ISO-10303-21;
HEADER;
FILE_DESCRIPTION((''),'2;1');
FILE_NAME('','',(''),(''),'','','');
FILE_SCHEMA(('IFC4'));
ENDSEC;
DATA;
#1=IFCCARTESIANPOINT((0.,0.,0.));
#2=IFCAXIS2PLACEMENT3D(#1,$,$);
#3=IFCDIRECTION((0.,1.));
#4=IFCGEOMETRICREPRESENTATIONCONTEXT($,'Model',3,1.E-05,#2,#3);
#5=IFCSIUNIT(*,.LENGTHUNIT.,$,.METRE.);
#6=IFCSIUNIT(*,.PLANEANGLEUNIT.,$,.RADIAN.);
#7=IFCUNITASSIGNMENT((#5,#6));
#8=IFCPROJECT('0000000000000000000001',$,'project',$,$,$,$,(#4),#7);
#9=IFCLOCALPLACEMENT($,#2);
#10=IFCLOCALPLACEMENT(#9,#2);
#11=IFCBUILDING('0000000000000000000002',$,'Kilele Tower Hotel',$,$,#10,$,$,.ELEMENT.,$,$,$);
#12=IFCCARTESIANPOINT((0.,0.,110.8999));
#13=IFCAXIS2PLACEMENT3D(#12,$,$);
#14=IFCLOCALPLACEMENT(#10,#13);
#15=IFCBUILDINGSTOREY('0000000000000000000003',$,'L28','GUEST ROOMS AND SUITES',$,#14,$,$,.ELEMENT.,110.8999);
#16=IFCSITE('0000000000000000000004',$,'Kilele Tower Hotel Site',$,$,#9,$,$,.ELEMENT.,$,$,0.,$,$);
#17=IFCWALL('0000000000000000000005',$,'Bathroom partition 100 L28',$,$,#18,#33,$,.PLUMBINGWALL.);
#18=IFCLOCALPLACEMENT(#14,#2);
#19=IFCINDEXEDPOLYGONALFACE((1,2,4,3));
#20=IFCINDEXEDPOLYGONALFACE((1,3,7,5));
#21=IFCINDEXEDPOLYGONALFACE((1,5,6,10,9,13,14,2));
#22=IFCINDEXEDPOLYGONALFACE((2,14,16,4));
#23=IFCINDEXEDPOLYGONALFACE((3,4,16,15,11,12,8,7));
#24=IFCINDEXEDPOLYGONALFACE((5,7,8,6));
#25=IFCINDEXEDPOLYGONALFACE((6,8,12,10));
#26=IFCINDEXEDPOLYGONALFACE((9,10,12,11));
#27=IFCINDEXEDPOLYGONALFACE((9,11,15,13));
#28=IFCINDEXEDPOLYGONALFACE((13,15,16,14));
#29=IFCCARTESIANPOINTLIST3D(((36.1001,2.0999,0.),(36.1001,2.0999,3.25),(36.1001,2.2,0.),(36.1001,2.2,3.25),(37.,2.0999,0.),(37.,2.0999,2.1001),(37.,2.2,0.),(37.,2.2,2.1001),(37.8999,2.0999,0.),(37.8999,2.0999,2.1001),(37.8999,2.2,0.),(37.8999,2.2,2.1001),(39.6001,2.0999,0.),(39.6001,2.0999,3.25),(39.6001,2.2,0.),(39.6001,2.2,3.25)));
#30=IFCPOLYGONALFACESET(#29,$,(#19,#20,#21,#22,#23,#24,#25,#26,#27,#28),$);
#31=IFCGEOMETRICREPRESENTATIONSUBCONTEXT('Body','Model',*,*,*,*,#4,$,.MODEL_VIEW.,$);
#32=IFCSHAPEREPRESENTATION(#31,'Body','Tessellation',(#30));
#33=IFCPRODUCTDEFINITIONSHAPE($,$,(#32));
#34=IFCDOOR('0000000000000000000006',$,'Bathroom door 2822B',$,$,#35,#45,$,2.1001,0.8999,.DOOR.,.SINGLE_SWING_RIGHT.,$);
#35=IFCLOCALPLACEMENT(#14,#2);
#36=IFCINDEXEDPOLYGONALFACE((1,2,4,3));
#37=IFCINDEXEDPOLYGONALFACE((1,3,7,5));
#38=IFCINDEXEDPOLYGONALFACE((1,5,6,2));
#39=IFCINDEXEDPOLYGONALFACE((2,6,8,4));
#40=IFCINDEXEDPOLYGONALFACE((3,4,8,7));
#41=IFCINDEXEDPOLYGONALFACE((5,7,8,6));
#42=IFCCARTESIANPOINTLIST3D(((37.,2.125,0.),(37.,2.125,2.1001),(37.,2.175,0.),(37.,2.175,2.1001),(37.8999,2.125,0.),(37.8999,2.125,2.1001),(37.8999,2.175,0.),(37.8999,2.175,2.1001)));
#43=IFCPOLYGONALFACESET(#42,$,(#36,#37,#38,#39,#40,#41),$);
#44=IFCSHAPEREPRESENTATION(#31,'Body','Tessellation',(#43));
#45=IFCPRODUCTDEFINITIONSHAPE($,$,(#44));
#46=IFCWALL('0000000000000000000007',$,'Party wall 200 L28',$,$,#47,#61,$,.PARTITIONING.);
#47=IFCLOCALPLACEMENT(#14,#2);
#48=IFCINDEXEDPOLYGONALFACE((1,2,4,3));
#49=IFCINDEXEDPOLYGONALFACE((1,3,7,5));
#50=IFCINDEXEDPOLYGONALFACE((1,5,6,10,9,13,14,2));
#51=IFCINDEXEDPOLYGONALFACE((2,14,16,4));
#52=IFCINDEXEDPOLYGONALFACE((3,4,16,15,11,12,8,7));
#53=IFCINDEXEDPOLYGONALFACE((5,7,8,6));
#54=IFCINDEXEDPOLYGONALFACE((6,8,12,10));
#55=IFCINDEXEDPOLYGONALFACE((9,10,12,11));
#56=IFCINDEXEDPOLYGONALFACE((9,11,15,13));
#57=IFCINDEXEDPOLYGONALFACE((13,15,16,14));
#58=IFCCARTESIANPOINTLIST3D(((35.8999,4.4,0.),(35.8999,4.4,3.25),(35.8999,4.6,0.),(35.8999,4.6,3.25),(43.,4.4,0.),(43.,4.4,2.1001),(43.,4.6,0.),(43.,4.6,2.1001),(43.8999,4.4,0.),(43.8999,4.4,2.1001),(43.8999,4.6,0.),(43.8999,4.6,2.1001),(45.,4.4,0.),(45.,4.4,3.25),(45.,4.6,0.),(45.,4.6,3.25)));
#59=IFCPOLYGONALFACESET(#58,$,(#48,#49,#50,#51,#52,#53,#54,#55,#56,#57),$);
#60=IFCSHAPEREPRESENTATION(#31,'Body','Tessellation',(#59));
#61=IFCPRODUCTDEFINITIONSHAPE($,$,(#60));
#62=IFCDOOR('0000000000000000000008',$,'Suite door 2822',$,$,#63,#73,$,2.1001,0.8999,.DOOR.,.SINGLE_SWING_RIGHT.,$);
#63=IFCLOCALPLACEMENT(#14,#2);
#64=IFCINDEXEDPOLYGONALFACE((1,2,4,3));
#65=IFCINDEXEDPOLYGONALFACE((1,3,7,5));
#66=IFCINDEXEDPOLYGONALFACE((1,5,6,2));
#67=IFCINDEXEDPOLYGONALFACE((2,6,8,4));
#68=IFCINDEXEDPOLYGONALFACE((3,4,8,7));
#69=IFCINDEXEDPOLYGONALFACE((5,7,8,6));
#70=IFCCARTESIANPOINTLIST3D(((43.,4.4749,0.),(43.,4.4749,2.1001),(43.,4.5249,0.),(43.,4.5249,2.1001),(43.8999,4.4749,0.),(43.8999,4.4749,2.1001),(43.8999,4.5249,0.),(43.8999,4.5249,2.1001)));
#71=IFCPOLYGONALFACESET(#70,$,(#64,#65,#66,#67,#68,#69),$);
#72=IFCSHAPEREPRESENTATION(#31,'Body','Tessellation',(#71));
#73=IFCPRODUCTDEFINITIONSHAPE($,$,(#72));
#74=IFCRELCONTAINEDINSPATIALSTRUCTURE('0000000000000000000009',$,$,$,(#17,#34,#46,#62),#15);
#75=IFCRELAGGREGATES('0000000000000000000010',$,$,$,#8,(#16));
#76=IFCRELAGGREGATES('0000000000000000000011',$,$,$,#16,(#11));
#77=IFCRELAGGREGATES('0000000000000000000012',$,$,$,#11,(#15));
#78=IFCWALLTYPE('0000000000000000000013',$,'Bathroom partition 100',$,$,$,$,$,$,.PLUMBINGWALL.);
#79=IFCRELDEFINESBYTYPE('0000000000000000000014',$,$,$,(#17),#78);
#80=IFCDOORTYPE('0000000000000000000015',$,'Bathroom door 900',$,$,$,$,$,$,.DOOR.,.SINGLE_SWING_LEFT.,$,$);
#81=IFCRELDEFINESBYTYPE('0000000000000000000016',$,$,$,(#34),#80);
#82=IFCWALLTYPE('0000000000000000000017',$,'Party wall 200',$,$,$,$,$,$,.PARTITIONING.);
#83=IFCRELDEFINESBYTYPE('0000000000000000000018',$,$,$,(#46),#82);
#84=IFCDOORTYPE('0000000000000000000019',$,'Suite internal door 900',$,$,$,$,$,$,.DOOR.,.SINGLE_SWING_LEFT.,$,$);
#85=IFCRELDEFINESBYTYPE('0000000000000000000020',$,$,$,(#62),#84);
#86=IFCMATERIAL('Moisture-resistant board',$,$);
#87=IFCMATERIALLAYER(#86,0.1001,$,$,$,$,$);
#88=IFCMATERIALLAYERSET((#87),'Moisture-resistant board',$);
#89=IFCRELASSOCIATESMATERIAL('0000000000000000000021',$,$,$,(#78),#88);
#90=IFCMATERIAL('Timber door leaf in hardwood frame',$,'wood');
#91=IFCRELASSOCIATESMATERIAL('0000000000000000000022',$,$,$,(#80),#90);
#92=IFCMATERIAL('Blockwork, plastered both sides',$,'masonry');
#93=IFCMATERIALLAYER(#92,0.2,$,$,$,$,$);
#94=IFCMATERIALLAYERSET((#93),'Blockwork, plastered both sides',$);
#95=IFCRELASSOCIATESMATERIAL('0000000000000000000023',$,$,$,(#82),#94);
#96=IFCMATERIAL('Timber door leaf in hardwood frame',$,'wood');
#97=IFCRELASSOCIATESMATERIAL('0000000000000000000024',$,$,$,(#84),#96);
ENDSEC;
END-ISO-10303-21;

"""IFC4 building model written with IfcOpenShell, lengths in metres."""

from ifc_helpers import new_model, si_unit, direction, frame, frame_2d, origin, place, context, subcontext, project, spatial, rectangle, extrude, material, layer, layer_set, type_object, element, fill, save


model = new_model("IFC4")

# Units and contexts
model_context = context("Model", 3, precision=1e-05, world=origin(), true_north=direction((0.0, 1.0)))
body_context = subcontext(model_context, "Body", "Model", "MODEL_VIEW")
ifc_project = project(units=[si_unit("LENGTHUNIT", "METRE"), si_unit("PLANEANGLEUNIT", "RADIAN")], contexts=[model_context])

# Site, building, storey
site_placement = place(None, origin())
site = spatial("IfcSite", under=ifc_project, at=site_placement, Name="Kilele Tower Hotel Site", CompositionType="ELEMENT", RefElevation=0.0)
building_placement = place(site_placement, origin())
building = spatial("IfcBuilding", under=site, at=building_placement, Name="Kilele Tower Hotel", CompositionType="ELEMENT")
storey_placement = place(building_placement, frame((0.0, 0.0, 110.8999)))
storey = spatial("IfcBuildingStorey", under=building, at=storey_placement, Name="L28", Description="GUEST ROOMS AND SUITES", CompositionType="ELEMENT", Elevation=110.8999)

# Shared definitions
ifc_material_1 = material(Name="Moisture-resistant board")
ifc_layer_1 = layer(ifc_material_1, 0.1001)
ifc_layer_set_1 = layer_set([ifc_layer_1], Name="Moisture-resistant board")
wall_type_1 = type_object("IfcWallType", Name="Bathroom partition 100", PredefinedType="PLUMBINGWALL", material=ifc_layer_set_1)

# Walls, openings, doors
ifc_material_2 = material(Name="Timber door leaf in hardwood frame", Category="wood")
door_type_1 = type_object("IfcDoorType", Name="Bathroom door 900", OperationType="SINGLE_SWING_LEFT", PredefinedType="DOOR", material=ifc_material_2)
wall_1_placement = place(storey_placement, frame((36.1001, 2.1499, 0.0), z_axis=(0.0, 0.0, 1.0), x_axis=(1.0, 0.0, 0.0)))
wall_1 = element("IfcWall", 1, at=wall_1_placement, inside=storey, type_object=wall_type_1, Name="Bathroom partition 100 L28", PredefinedType="PLUMBINGWALL", context=body_context, shape_type="SweptSolid", body=[
    extrude(rectangle(XDim=3.5, YDim=0.1001, at=frame_2d((1.75, 0.0))), origin(), (0.0, 0.0, 1.0), 3.25),
])
opening_1_placement = place(wall_1_placement, frame((1.7998, 0.0, 0.0), z_axis=(0.0, 0.0, 1.0), x_axis=(-1.0, 0.0, 0.0)))
opening_1 = element("IfcOpeningElement", 2, at=opening_1_placement, cuts=wall_1, PredefinedType="OPENING", context=body_context, shape_type="SweptSolid", body=[
    extrude(rectangle(XDim=0.8999, YDim=2.1001, at=frame_2d((0.45, 1.05))), frame((0.0, 0.0601, 0.0), z_axis=(0.0, -1.0, 0.0), x_axis=(1.0, 0.0, 0.0)), (0.0, 0.0, 1.0), 0.1201),
])
door_1_placement = place(opening_1_placement, origin())
door_1 = element("IfcDoor", 3, at=door_1_placement, inside=storey, type_object=door_type_1, Name="Bathroom door 2822B", OperationType="SINGLE_SWING_RIGHT", OverallHeight=2.1001, OverallWidth=0.8999, PredefinedType="DOOR", context=body_context, shape_type="SweptSolid", body=[
    extrude(rectangle(XDim=0.8999, YDim=2.1001, at=frame_2d((0.45, 1.05))), frame((0.0, 0.0249, 0.0), z_axis=(0.0, -1.0, 0.0), x_axis=(1.0, 0.0, 0.0)), (0.0, 0.0, 1.0), 0.05),
])
fill(opening_1, door_1)
ifc_material_3 = material(Name="Blockwork, plastered both sides", Category="masonry")
ifc_layer_2 = layer(ifc_material_3, 0.2)
ifc_layer_set_2 = layer_set([ifc_layer_2], Name="Blockwork, plastered both sides")
wall_type_2 = type_object("IfcWallType", Name="Party wall 200", PredefinedType="PARTITIONING", material=ifc_layer_set_2)
wall_2_placement = place(storey_placement, frame((35.8999, 4.5, 0.0), z_axis=(0.0, 0.0, 1.0), x_axis=(1.0, 0.0, 0.0)))
wall_2 = element("IfcWall", 4, at=wall_2_placement, inside=storey, type_object=wall_type_2, Name="Party wall 200 L28", PredefinedType="PARTITIONING", context=body_context, shape_type="SweptSolid", body=[
    extrude(rectangle(XDim=9.1001, YDim=0.2, at=frame_2d((4.55, 0.0))), origin(), (0.0, 0.0, 1.0), 3.25),
])
opening_2_placement = place(wall_2_placement, frame((7.1001, 0.0, 0.0)))
opening_2 = element("IfcOpeningElement", 5, at=opening_2_placement, cuts=wall_2, PredefinedType="OPENING", context=body_context, shape_type="SweptSolid", body=[
    extrude(rectangle(XDim=0.8999, YDim=2.1001, at=frame_2d((0.45, 1.05))), frame((0.0, 0.1099, 0.0), z_axis=(0.0, -1.0, 0.0), x_axis=(1.0, 0.0, 0.0)), (0.0, 0.0, 1.0), 0.22),
])
ifc_material_4 = material(Name="Timber door leaf in hardwood frame", Category="wood")
door_type_2 = type_object("IfcDoorType", Name="Suite internal door 900", OperationType="SINGLE_SWING_LEFT", PredefinedType="DOOR", material=ifc_material_4)
door_2_placement = place(opening_2_placement, origin())
door_2 = element("IfcDoor", 6, at=door_2_placement, inside=storey, type_object=door_type_2, Name="Suite door 2822", OperationType="SINGLE_SWING_RIGHT", OverallHeight=2.1001, OverallWidth=0.8999, PredefinedType="DOOR", context=body_context, shape_type="SweptSolid", body=[
    extrude(rectangle(XDim=0.8999, YDim=2.1001, at=frame_2d((0.45, 1.05))), frame((0.0, 0.0249, 0.0), z_axis=(0.0, -1.0, 0.0), x_axis=(1.0, 0.0, 0.0)), (0.0, 0.0, 1.0), 0.05),
])
fill(opening_2, door_2)

save(model, "model.ifc")
